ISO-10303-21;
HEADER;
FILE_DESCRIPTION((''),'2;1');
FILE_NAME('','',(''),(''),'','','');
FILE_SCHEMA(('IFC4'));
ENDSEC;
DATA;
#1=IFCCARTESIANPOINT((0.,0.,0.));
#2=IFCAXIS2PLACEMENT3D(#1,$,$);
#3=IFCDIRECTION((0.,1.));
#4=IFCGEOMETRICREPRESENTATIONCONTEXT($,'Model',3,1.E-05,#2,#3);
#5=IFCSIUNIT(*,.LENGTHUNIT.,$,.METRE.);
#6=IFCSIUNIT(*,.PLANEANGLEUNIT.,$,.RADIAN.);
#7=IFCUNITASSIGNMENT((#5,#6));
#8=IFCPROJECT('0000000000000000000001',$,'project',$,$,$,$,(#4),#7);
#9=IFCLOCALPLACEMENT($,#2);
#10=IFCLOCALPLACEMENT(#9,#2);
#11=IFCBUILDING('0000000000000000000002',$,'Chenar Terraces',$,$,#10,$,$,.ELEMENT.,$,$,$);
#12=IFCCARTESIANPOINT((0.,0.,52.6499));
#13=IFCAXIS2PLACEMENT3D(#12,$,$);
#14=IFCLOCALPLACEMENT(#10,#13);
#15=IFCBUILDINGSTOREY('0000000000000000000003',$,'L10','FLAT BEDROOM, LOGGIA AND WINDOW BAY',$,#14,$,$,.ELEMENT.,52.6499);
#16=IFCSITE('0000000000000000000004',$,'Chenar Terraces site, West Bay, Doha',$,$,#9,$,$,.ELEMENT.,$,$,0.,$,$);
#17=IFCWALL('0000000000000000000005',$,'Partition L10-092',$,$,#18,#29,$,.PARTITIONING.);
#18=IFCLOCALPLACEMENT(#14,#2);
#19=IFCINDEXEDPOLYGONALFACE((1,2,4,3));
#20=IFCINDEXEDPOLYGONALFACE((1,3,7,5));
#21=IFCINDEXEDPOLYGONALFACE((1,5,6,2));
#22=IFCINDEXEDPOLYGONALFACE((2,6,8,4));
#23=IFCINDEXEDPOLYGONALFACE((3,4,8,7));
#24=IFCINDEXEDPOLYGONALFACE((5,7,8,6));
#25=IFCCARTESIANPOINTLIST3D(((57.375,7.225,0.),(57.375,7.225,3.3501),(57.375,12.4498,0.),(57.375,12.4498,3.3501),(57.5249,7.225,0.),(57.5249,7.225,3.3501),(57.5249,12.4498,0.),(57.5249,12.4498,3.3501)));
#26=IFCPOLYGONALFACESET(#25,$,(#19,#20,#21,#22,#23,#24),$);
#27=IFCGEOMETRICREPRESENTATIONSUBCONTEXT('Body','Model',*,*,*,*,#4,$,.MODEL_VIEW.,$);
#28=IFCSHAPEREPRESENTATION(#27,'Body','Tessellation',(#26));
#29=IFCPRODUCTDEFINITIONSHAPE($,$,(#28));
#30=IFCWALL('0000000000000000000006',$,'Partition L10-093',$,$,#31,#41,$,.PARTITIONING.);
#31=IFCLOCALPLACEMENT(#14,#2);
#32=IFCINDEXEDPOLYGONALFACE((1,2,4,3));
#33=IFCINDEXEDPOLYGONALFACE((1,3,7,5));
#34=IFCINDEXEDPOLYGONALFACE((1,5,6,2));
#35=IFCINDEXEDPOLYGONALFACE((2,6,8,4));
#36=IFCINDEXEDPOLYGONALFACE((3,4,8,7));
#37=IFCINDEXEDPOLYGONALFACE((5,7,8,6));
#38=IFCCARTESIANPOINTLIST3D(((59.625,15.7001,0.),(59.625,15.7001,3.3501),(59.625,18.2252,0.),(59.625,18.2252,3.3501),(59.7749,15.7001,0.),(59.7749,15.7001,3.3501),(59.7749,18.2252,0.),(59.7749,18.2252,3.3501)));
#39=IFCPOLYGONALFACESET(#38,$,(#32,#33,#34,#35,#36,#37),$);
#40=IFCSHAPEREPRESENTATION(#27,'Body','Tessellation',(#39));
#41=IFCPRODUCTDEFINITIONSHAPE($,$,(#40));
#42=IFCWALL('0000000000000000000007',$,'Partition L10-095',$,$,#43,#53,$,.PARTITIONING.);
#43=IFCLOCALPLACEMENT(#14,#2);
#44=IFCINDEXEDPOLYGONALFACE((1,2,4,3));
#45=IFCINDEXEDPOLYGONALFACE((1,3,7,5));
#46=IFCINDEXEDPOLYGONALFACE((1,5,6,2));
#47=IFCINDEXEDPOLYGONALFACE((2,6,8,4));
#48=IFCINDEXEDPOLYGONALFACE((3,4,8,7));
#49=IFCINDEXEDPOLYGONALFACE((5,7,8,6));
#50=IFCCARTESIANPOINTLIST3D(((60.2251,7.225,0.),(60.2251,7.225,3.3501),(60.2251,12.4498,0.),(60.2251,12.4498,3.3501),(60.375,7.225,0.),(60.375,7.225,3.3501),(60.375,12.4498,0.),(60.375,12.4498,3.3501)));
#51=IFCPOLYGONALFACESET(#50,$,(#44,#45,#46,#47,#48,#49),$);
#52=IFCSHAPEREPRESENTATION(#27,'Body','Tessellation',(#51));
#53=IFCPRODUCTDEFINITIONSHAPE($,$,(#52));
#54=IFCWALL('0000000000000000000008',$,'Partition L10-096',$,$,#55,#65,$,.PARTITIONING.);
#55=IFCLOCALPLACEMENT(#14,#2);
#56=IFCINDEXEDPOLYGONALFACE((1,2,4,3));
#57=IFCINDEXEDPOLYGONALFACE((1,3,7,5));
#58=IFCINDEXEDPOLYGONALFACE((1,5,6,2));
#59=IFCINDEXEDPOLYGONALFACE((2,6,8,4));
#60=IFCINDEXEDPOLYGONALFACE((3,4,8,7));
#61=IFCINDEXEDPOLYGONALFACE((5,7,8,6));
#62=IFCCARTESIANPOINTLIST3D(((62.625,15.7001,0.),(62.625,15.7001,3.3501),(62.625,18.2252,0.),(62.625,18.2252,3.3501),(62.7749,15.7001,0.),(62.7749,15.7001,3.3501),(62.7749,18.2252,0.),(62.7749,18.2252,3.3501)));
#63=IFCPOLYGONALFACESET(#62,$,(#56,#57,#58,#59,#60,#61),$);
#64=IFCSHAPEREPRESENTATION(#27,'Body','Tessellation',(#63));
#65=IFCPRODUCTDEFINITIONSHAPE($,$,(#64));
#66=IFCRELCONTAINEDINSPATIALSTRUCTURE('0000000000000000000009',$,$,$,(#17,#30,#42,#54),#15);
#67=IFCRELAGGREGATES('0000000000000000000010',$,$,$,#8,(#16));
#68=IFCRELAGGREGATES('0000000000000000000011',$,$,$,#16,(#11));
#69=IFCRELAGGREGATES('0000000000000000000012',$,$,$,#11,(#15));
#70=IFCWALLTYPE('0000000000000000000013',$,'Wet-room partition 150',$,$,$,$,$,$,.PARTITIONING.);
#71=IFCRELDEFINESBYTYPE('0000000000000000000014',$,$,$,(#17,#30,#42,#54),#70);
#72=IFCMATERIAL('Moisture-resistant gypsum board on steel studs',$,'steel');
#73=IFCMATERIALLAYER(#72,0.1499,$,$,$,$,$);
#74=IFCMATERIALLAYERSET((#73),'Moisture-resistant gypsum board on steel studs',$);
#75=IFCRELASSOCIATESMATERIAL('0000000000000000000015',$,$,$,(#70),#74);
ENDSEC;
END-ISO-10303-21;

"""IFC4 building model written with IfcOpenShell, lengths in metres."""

from ifc_helpers import new_model, si_unit, direction, frame, frame_2d, origin, place, context, subcontext, project, spatial, rectangle, extrude, material, layer, layer_set, type_object, element, save


model = new_model("IFC4")

# Units and contexts
model_context = context("Model", 3, precision=1e-05, world=origin(), true_north=direction((0.0, 1.0)))
body_context = subcontext(model_context, "Body", "Model", "MODEL_VIEW")
ifc_project = project(units=[si_unit("LENGTHUNIT", "METRE"), si_unit("PLANEANGLEUNIT", "RADIAN")], contexts=[model_context])

# Site, building, storey
site_placement = place(None, origin())
site = spatial("IfcSite", under=ifc_project, at=site_placement, Name="Chenar Terraces site, West Bay, Doha", CompositionType="ELEMENT", RefElevation=0.0)
building_placement = place(site_placement, origin())
building = spatial("IfcBuilding", under=site, at=building_placement, Name="Chenar Terraces", CompositionType="ELEMENT")
storey_placement = place(building_placement, frame((0.0, 0.0, 52.6499)))
storey = spatial("IfcBuildingStorey", under=building, at=storey_placement, Name="L10", Description="FLAT BEDROOM, LOGGIA AND WINDOW BAY", CompositionType="ELEMENT", Elevation=52.6499)

# Shared definitions
ifc_material_1 = material(Name="Moisture-resistant gypsum board on steel studs", Category="steel")
ifc_layer_1 = layer(ifc_material_1, 0.1499)
ifc_layer_set_1 = layer_set([ifc_layer_1], Name="Moisture-resistant gypsum board on steel studs")
wall_type_1 = type_object("IfcWallType", Name="Wet-room partition 150", PredefinedType="PARTITIONING", material=ifc_layer_set_1)

# Walls
wall_1_placement = place(storey_placement, frame((57.45, 7.2251, 0.0), z_axis=(0.0, 0.0, 1.0), x_axis=(0.0, 1.0, 0.0)))
element("IfcWall", 1, at=wall_1_placement, inside=storey, type_object=wall_type_1, Name="Partition L10-092", PredefinedType="PARTITIONING", context=body_context, shape_type="SweptSolid", body=[
    extrude(rectangle(XDim=5.2249, YDim=0.1499, at=frame_2d((2.6123, 0.0))), origin(), (0.0, 0.0, 1.0), 3.3501),
])
wall_2_placement = place(storey_placement, frame((59.7, 15.7, 0.0), z_axis=(0.0, 0.0, 1.0), x_axis=(0.0, 1.0, 0.0)))
element("IfcWall", 2, at=wall_2_placement, inside=storey, type_object=wall_type_1, Name="Partition L10-093", PredefinedType="PARTITIONING", context=body_context, shape_type="SweptSolid", body=[
    extrude(rectangle(XDim=2.5251, YDim=0.1499, at=frame_2d((1.2627, 0.0))), origin(), (0.0, 0.0, 1.0), 3.3501),
])
wall_3_placement = place(storey_placement, frame((60.3, 7.2251, 0.0), z_axis=(0.0, 0.0, 1.0), x_axis=(0.0, 1.0, 0.0)))
element("IfcWall", 3, at=wall_3_placement, inside=storey, type_object=wall_type_1, Name="Partition L10-095", PredefinedType="PARTITIONING", context=body_context, shape_type="SweptSolid", body=[
    extrude(rectangle(XDim=5.2249, YDim=0.1499, at=frame_2d((2.6123, 0.0))), origin(), (0.0, 0.0, 1.0), 3.3501),
])
wall_4_placement = place(storey_placement, frame((62.7, 15.7, 0.0), z_axis=(0.0, 0.0, 1.0), x_axis=(0.0, 1.0, 0.0)))
element("IfcWall", 4, at=wall_4_placement, inside=storey, type_object=wall_type_1, Name="Partition L10-096", PredefinedType="PARTITIONING", context=body_context, shape_type="SweptSolid", body=[
    extrude(rectangle(XDim=2.5251, YDim=0.1499, at=frame_2d((1.2627, 0.0))), origin(), (0.0, 0.0, 1.0), 3.3501),
])

save(model, "model.ifc")
